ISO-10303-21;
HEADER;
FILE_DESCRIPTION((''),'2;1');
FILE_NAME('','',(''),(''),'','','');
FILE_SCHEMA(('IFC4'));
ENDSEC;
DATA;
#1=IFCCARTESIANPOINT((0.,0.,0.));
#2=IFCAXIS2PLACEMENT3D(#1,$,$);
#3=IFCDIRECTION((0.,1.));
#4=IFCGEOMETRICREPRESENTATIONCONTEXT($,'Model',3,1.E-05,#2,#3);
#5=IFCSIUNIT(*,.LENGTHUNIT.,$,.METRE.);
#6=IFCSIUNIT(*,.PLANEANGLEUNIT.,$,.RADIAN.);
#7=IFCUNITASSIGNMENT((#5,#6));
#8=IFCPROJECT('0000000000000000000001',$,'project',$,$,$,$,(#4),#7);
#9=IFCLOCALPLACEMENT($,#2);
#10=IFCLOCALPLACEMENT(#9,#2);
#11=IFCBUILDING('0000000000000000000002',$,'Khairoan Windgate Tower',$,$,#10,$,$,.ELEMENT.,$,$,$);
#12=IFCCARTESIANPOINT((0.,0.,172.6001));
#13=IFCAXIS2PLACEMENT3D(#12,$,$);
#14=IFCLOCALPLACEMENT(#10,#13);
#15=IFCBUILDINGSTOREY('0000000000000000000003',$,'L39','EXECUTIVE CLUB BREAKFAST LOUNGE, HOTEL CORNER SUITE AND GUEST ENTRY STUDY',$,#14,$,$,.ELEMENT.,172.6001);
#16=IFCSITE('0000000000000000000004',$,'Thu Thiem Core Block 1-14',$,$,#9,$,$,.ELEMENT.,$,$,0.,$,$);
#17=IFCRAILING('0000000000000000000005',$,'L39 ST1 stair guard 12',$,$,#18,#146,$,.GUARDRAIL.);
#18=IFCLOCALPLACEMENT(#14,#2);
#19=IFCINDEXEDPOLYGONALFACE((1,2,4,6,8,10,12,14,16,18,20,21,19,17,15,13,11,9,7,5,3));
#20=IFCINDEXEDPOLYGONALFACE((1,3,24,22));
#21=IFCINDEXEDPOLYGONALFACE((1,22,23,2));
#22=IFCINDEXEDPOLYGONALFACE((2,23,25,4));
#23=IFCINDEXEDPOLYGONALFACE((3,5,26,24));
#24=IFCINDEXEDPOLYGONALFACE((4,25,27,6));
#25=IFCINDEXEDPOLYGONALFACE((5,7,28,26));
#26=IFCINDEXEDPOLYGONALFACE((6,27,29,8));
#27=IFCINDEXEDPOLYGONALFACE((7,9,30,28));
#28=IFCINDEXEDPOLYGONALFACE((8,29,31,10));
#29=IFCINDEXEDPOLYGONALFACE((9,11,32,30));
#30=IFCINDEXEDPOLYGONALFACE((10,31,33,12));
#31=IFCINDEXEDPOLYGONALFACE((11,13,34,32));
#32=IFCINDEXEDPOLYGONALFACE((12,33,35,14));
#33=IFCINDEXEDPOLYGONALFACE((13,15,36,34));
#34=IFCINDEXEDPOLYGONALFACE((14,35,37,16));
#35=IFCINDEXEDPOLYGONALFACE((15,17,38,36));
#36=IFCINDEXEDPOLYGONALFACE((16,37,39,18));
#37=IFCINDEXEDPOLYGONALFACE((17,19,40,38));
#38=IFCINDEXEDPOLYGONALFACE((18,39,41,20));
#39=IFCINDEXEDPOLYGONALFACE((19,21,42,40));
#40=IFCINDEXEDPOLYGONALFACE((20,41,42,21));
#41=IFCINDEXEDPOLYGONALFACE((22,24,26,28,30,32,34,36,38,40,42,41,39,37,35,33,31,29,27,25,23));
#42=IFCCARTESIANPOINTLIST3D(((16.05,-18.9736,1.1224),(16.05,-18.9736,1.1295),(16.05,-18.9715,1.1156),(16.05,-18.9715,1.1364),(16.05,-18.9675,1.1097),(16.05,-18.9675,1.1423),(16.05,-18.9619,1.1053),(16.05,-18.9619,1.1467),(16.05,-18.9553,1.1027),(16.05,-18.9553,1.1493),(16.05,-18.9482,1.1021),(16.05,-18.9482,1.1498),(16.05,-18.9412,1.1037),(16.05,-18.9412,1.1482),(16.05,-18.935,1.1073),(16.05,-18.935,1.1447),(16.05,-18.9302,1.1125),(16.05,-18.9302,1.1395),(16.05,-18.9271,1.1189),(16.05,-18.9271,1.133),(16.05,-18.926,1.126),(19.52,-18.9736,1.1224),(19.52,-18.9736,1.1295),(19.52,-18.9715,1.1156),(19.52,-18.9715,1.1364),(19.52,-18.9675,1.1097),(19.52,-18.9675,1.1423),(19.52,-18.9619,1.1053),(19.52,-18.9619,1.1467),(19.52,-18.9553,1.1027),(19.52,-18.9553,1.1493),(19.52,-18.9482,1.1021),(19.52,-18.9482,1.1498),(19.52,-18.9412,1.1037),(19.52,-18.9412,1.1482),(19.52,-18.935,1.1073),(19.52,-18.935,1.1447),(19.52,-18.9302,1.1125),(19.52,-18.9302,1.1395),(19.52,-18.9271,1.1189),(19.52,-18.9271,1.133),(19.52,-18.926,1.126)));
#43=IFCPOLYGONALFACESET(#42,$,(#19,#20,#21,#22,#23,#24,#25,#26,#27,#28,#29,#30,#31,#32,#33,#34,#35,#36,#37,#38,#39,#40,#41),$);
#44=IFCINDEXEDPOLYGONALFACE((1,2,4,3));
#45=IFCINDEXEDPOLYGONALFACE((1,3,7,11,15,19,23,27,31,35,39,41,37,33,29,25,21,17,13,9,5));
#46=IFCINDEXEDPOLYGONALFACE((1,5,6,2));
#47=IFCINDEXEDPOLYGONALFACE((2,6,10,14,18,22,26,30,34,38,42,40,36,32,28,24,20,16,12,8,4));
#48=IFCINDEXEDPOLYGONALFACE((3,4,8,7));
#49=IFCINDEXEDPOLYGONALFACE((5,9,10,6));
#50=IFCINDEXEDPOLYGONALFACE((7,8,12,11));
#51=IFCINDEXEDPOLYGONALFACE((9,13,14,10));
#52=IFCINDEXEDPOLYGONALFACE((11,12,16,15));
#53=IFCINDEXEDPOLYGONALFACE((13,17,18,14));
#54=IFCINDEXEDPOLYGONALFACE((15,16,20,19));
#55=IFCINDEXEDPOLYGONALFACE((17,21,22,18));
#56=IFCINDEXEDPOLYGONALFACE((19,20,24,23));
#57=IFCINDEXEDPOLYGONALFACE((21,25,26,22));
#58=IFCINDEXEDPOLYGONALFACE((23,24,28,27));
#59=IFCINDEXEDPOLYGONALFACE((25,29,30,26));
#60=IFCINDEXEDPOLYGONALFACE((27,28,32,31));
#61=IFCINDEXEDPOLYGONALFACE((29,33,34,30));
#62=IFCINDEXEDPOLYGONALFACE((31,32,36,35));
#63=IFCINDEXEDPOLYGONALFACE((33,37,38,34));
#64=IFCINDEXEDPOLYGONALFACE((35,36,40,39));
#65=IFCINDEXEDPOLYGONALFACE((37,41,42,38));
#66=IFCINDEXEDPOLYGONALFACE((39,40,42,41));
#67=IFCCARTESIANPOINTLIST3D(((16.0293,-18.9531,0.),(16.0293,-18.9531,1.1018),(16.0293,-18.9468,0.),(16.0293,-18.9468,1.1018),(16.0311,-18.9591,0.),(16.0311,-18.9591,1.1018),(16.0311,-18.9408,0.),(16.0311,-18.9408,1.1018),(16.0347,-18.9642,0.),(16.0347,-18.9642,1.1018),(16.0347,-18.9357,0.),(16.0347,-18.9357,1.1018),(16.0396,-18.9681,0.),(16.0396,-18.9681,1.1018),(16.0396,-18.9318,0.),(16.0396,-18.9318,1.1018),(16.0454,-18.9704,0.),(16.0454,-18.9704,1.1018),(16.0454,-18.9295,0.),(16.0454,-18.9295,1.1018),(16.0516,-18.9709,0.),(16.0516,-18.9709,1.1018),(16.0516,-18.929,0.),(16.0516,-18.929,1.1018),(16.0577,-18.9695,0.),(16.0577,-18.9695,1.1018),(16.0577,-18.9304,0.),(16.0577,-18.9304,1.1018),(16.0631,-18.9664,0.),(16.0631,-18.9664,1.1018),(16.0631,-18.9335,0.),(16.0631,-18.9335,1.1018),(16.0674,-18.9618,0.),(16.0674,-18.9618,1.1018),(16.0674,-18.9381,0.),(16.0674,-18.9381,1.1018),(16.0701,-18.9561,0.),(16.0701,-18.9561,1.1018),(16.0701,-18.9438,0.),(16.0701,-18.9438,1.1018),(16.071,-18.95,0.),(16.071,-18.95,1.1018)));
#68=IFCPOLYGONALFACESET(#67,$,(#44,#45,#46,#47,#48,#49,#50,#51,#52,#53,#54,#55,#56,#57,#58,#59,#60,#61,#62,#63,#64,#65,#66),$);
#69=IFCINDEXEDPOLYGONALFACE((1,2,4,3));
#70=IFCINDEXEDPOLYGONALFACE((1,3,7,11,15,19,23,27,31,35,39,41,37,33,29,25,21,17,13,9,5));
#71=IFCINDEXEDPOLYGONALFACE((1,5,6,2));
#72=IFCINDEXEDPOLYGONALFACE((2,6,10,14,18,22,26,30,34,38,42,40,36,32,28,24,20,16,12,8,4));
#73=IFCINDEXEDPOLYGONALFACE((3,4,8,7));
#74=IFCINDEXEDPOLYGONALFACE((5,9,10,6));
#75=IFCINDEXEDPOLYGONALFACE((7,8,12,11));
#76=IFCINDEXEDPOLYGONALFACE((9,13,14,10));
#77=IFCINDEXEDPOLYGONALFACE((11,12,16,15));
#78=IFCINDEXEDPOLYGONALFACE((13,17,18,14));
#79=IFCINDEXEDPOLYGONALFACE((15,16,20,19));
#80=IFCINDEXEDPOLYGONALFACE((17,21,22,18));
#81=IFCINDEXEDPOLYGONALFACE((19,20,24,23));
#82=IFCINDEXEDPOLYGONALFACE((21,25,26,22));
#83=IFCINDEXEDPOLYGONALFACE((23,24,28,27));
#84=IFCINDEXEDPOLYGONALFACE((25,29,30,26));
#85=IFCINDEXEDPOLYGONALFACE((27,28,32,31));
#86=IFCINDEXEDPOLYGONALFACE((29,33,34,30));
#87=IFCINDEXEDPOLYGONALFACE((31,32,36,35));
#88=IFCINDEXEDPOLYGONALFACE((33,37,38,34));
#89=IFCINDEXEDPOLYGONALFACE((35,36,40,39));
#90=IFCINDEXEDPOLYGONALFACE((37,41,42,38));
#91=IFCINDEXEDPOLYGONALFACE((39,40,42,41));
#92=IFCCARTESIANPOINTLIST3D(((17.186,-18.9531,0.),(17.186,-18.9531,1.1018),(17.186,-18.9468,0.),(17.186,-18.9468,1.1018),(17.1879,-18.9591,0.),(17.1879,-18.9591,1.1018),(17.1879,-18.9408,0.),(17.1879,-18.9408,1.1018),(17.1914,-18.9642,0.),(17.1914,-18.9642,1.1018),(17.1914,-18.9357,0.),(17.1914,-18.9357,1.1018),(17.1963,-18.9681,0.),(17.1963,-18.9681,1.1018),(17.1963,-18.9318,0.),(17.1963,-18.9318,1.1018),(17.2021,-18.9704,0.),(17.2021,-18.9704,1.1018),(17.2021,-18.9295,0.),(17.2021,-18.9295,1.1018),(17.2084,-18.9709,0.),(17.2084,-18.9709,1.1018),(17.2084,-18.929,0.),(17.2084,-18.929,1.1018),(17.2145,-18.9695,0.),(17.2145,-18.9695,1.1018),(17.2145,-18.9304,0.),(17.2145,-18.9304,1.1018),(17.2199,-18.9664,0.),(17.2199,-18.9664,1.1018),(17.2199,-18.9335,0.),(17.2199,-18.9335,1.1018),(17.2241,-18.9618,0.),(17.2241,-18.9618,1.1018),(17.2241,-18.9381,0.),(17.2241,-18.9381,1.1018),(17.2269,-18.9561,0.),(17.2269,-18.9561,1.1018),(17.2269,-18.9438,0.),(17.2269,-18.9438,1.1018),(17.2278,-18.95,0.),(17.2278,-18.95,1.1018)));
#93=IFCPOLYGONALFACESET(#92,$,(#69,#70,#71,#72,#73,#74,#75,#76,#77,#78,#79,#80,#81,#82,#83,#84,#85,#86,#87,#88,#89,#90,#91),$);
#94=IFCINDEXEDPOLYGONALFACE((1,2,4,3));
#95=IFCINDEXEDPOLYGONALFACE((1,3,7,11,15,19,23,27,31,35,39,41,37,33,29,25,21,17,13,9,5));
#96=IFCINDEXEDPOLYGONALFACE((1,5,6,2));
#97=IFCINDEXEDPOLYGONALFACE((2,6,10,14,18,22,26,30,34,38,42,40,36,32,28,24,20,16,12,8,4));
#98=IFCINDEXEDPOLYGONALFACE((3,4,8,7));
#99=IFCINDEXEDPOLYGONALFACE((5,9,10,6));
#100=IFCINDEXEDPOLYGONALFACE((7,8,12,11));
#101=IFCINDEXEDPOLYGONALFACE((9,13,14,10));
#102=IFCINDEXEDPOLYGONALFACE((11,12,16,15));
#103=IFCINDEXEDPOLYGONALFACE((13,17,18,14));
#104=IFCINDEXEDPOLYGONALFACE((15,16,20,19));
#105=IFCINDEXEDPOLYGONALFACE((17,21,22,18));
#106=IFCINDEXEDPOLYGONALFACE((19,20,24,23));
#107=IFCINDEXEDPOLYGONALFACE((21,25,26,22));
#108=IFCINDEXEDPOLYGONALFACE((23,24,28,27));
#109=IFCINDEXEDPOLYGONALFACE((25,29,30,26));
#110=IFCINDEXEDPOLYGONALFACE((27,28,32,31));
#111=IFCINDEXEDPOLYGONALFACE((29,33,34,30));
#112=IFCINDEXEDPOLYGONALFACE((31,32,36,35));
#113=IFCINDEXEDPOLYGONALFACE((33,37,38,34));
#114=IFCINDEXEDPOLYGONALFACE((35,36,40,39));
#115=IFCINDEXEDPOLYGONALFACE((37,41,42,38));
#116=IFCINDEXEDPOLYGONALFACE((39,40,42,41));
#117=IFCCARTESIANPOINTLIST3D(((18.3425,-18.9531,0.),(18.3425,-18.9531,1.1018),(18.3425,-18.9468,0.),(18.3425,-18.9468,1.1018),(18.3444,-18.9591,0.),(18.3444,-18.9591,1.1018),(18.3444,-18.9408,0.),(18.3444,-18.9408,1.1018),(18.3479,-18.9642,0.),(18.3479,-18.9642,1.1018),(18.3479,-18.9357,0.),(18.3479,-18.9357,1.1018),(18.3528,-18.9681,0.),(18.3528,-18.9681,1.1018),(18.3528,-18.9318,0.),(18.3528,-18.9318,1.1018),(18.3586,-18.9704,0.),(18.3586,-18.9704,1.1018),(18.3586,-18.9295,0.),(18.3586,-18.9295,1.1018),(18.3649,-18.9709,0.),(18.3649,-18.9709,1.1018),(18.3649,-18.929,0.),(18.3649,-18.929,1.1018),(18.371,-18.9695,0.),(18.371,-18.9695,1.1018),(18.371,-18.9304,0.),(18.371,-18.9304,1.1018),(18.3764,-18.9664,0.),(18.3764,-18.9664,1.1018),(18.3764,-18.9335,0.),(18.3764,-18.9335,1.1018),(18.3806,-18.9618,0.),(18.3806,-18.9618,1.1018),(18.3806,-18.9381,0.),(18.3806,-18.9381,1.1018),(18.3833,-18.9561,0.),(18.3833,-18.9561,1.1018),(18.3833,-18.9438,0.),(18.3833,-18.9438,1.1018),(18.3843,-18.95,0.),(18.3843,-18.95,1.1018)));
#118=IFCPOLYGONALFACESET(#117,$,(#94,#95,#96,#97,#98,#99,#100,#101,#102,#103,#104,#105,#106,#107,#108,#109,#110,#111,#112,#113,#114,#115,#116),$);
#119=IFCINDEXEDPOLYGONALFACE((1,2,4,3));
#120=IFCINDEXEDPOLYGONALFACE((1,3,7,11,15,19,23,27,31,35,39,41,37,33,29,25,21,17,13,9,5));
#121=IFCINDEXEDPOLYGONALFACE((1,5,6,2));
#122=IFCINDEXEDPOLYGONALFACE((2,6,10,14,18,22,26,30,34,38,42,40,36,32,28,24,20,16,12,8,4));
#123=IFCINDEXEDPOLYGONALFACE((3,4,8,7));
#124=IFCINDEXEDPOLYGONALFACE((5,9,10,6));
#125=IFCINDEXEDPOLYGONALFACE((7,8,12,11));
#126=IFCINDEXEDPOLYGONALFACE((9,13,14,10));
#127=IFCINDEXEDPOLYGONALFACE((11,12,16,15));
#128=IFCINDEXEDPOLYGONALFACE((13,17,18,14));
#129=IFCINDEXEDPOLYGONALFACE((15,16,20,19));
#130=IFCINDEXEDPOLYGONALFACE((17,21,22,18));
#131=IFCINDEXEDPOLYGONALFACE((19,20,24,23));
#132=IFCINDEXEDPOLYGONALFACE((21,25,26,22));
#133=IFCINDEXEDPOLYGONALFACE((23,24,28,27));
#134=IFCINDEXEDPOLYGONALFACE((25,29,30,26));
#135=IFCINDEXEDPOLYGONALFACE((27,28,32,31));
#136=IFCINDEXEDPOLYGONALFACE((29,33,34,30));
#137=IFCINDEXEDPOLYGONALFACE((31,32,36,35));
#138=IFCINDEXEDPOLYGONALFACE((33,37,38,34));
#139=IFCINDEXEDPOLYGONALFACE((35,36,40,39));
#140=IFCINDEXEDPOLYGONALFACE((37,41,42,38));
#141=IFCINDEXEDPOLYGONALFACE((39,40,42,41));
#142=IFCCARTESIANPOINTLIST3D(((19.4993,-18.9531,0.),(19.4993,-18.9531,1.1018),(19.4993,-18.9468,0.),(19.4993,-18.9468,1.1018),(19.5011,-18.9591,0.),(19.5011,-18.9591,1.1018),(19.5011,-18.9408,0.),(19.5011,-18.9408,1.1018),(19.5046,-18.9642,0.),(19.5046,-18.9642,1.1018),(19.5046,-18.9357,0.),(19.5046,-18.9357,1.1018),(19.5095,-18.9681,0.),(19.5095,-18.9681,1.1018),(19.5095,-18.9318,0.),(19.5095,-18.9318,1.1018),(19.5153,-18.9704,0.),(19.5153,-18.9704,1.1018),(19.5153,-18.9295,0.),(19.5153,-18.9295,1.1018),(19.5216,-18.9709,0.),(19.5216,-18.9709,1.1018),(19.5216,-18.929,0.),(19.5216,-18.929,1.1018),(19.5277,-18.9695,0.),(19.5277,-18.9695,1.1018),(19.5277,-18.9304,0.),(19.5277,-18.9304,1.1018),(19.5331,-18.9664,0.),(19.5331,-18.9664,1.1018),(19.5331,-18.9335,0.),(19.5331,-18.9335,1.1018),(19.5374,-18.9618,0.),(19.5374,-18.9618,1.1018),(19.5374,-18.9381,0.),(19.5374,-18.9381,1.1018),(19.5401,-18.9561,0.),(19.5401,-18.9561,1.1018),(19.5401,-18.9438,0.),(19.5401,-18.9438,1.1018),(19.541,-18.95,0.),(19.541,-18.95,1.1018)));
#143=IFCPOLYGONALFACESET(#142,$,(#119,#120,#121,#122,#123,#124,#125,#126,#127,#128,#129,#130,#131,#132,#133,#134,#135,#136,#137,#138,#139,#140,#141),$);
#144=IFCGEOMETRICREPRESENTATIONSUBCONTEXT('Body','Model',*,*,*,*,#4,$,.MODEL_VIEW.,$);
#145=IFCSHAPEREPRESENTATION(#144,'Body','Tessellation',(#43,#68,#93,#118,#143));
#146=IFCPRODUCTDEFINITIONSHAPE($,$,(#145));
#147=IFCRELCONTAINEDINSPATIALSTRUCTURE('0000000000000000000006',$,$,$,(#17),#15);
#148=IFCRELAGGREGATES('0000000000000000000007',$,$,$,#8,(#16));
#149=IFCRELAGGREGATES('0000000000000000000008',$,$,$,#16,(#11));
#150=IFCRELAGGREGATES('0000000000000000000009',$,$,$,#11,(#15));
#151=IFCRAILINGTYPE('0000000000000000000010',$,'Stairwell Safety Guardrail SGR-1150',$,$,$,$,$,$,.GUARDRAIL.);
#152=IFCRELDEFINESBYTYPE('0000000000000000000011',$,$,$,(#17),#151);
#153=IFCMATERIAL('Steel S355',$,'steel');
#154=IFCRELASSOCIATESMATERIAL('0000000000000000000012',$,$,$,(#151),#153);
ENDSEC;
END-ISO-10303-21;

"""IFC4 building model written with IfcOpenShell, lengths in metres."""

from ifc_helpers import new_model, si_unit, direction, frame, origin, origin_2d, place, context, subcontext, project, spatial, circle, extrude, material, type_object, element, save


model = new_model("IFC4")

# Units and contexts
model_context = context("Model", 3, precision=1e-05, world=origin(), true_north=direction((0.0, 1.0)))
body_context = subcontext(model_context, "Body", "Model", "MODEL_VIEW")
ifc_project = project(units=[si_unit("LENGTHUNIT", "METRE"), si_unit("PLANEANGLEUNIT", "RADIAN")], contexts=[model_context])

# Site, building, storey
site_placement = place(None, origin())
site = spatial("IfcSite", under=ifc_project, at=site_placement, Name="Thu Thiem Core Block 1-14", CompositionType="ELEMENT", RefElevation=0.0)
building_placement = place(site_placement, origin())
building = spatial("IfcBuilding", under=site, at=building_placement, Name="Khairoan Windgate Tower", CompositionType="ELEMENT")
storey_placement = place(building_placement, frame((0.0, 0.0, 172.6001)))
storey = spatial("IfcBuildingStorey", under=building, at=storey_placement, Name="L39", Description="EXECUTIVE CLUB BREAKFAST LOUNGE, HOTEL CORNER SUITE AND GUEST ENTRY STUDY", CompositionType="ELEMENT", Elevation=172.6001)

# Railing
ifc_material_1 = material(Name="Steel S355", Category="steel")
railing_type = type_object("IfcRailingType", Name="Stairwell Safety Guardrail SGR-1150", PredefinedType="GUARDRAIL", material=ifc_material_1)
railing_1_placement = place(storey_placement, frame((16.05, -18.95, 0.0)))
element("IfcRailing", 1, at=railing_1_placement, inside=storey, type_object=railing_type, Name="L39 ST1 stair guard 12", PredefinedType="GUARDRAIL", context=body_context, shape_type="SweptSolid", body=[
    extrude(circle(Radius=0.0239, at=origin_2d()), frame((0.0, 0.0, 1.126), z_axis=(1.0, 0.0, 0.0), x_axis=(0.0, 1.0, 0.0)), (0.0, 0.0, 1.0), 3.47),
    extrude(circle(Radius=0.021, at=origin_2d()), origin(), (0.0, 0.0, 1.0), 1.1018),
    extrude(circle(Radius=0.021, at=origin_2d()), frame((1.1567, 0.0, 0.0)), (0.0, 0.0, 1.0), 1.1018),
    extrude(circle(Radius=0.021, at=origin_2d()), frame((2.3132, 0.0, 0.0)), (0.0, 0.0, 1.0), 1.1018),
    extrude(circle(Radius=0.021, at=origin_2d()), frame((3.47, 0.0, 0.0)), (0.0, 0.0, 1.0), 1.1018),
])

save(model, "model.ifc")
